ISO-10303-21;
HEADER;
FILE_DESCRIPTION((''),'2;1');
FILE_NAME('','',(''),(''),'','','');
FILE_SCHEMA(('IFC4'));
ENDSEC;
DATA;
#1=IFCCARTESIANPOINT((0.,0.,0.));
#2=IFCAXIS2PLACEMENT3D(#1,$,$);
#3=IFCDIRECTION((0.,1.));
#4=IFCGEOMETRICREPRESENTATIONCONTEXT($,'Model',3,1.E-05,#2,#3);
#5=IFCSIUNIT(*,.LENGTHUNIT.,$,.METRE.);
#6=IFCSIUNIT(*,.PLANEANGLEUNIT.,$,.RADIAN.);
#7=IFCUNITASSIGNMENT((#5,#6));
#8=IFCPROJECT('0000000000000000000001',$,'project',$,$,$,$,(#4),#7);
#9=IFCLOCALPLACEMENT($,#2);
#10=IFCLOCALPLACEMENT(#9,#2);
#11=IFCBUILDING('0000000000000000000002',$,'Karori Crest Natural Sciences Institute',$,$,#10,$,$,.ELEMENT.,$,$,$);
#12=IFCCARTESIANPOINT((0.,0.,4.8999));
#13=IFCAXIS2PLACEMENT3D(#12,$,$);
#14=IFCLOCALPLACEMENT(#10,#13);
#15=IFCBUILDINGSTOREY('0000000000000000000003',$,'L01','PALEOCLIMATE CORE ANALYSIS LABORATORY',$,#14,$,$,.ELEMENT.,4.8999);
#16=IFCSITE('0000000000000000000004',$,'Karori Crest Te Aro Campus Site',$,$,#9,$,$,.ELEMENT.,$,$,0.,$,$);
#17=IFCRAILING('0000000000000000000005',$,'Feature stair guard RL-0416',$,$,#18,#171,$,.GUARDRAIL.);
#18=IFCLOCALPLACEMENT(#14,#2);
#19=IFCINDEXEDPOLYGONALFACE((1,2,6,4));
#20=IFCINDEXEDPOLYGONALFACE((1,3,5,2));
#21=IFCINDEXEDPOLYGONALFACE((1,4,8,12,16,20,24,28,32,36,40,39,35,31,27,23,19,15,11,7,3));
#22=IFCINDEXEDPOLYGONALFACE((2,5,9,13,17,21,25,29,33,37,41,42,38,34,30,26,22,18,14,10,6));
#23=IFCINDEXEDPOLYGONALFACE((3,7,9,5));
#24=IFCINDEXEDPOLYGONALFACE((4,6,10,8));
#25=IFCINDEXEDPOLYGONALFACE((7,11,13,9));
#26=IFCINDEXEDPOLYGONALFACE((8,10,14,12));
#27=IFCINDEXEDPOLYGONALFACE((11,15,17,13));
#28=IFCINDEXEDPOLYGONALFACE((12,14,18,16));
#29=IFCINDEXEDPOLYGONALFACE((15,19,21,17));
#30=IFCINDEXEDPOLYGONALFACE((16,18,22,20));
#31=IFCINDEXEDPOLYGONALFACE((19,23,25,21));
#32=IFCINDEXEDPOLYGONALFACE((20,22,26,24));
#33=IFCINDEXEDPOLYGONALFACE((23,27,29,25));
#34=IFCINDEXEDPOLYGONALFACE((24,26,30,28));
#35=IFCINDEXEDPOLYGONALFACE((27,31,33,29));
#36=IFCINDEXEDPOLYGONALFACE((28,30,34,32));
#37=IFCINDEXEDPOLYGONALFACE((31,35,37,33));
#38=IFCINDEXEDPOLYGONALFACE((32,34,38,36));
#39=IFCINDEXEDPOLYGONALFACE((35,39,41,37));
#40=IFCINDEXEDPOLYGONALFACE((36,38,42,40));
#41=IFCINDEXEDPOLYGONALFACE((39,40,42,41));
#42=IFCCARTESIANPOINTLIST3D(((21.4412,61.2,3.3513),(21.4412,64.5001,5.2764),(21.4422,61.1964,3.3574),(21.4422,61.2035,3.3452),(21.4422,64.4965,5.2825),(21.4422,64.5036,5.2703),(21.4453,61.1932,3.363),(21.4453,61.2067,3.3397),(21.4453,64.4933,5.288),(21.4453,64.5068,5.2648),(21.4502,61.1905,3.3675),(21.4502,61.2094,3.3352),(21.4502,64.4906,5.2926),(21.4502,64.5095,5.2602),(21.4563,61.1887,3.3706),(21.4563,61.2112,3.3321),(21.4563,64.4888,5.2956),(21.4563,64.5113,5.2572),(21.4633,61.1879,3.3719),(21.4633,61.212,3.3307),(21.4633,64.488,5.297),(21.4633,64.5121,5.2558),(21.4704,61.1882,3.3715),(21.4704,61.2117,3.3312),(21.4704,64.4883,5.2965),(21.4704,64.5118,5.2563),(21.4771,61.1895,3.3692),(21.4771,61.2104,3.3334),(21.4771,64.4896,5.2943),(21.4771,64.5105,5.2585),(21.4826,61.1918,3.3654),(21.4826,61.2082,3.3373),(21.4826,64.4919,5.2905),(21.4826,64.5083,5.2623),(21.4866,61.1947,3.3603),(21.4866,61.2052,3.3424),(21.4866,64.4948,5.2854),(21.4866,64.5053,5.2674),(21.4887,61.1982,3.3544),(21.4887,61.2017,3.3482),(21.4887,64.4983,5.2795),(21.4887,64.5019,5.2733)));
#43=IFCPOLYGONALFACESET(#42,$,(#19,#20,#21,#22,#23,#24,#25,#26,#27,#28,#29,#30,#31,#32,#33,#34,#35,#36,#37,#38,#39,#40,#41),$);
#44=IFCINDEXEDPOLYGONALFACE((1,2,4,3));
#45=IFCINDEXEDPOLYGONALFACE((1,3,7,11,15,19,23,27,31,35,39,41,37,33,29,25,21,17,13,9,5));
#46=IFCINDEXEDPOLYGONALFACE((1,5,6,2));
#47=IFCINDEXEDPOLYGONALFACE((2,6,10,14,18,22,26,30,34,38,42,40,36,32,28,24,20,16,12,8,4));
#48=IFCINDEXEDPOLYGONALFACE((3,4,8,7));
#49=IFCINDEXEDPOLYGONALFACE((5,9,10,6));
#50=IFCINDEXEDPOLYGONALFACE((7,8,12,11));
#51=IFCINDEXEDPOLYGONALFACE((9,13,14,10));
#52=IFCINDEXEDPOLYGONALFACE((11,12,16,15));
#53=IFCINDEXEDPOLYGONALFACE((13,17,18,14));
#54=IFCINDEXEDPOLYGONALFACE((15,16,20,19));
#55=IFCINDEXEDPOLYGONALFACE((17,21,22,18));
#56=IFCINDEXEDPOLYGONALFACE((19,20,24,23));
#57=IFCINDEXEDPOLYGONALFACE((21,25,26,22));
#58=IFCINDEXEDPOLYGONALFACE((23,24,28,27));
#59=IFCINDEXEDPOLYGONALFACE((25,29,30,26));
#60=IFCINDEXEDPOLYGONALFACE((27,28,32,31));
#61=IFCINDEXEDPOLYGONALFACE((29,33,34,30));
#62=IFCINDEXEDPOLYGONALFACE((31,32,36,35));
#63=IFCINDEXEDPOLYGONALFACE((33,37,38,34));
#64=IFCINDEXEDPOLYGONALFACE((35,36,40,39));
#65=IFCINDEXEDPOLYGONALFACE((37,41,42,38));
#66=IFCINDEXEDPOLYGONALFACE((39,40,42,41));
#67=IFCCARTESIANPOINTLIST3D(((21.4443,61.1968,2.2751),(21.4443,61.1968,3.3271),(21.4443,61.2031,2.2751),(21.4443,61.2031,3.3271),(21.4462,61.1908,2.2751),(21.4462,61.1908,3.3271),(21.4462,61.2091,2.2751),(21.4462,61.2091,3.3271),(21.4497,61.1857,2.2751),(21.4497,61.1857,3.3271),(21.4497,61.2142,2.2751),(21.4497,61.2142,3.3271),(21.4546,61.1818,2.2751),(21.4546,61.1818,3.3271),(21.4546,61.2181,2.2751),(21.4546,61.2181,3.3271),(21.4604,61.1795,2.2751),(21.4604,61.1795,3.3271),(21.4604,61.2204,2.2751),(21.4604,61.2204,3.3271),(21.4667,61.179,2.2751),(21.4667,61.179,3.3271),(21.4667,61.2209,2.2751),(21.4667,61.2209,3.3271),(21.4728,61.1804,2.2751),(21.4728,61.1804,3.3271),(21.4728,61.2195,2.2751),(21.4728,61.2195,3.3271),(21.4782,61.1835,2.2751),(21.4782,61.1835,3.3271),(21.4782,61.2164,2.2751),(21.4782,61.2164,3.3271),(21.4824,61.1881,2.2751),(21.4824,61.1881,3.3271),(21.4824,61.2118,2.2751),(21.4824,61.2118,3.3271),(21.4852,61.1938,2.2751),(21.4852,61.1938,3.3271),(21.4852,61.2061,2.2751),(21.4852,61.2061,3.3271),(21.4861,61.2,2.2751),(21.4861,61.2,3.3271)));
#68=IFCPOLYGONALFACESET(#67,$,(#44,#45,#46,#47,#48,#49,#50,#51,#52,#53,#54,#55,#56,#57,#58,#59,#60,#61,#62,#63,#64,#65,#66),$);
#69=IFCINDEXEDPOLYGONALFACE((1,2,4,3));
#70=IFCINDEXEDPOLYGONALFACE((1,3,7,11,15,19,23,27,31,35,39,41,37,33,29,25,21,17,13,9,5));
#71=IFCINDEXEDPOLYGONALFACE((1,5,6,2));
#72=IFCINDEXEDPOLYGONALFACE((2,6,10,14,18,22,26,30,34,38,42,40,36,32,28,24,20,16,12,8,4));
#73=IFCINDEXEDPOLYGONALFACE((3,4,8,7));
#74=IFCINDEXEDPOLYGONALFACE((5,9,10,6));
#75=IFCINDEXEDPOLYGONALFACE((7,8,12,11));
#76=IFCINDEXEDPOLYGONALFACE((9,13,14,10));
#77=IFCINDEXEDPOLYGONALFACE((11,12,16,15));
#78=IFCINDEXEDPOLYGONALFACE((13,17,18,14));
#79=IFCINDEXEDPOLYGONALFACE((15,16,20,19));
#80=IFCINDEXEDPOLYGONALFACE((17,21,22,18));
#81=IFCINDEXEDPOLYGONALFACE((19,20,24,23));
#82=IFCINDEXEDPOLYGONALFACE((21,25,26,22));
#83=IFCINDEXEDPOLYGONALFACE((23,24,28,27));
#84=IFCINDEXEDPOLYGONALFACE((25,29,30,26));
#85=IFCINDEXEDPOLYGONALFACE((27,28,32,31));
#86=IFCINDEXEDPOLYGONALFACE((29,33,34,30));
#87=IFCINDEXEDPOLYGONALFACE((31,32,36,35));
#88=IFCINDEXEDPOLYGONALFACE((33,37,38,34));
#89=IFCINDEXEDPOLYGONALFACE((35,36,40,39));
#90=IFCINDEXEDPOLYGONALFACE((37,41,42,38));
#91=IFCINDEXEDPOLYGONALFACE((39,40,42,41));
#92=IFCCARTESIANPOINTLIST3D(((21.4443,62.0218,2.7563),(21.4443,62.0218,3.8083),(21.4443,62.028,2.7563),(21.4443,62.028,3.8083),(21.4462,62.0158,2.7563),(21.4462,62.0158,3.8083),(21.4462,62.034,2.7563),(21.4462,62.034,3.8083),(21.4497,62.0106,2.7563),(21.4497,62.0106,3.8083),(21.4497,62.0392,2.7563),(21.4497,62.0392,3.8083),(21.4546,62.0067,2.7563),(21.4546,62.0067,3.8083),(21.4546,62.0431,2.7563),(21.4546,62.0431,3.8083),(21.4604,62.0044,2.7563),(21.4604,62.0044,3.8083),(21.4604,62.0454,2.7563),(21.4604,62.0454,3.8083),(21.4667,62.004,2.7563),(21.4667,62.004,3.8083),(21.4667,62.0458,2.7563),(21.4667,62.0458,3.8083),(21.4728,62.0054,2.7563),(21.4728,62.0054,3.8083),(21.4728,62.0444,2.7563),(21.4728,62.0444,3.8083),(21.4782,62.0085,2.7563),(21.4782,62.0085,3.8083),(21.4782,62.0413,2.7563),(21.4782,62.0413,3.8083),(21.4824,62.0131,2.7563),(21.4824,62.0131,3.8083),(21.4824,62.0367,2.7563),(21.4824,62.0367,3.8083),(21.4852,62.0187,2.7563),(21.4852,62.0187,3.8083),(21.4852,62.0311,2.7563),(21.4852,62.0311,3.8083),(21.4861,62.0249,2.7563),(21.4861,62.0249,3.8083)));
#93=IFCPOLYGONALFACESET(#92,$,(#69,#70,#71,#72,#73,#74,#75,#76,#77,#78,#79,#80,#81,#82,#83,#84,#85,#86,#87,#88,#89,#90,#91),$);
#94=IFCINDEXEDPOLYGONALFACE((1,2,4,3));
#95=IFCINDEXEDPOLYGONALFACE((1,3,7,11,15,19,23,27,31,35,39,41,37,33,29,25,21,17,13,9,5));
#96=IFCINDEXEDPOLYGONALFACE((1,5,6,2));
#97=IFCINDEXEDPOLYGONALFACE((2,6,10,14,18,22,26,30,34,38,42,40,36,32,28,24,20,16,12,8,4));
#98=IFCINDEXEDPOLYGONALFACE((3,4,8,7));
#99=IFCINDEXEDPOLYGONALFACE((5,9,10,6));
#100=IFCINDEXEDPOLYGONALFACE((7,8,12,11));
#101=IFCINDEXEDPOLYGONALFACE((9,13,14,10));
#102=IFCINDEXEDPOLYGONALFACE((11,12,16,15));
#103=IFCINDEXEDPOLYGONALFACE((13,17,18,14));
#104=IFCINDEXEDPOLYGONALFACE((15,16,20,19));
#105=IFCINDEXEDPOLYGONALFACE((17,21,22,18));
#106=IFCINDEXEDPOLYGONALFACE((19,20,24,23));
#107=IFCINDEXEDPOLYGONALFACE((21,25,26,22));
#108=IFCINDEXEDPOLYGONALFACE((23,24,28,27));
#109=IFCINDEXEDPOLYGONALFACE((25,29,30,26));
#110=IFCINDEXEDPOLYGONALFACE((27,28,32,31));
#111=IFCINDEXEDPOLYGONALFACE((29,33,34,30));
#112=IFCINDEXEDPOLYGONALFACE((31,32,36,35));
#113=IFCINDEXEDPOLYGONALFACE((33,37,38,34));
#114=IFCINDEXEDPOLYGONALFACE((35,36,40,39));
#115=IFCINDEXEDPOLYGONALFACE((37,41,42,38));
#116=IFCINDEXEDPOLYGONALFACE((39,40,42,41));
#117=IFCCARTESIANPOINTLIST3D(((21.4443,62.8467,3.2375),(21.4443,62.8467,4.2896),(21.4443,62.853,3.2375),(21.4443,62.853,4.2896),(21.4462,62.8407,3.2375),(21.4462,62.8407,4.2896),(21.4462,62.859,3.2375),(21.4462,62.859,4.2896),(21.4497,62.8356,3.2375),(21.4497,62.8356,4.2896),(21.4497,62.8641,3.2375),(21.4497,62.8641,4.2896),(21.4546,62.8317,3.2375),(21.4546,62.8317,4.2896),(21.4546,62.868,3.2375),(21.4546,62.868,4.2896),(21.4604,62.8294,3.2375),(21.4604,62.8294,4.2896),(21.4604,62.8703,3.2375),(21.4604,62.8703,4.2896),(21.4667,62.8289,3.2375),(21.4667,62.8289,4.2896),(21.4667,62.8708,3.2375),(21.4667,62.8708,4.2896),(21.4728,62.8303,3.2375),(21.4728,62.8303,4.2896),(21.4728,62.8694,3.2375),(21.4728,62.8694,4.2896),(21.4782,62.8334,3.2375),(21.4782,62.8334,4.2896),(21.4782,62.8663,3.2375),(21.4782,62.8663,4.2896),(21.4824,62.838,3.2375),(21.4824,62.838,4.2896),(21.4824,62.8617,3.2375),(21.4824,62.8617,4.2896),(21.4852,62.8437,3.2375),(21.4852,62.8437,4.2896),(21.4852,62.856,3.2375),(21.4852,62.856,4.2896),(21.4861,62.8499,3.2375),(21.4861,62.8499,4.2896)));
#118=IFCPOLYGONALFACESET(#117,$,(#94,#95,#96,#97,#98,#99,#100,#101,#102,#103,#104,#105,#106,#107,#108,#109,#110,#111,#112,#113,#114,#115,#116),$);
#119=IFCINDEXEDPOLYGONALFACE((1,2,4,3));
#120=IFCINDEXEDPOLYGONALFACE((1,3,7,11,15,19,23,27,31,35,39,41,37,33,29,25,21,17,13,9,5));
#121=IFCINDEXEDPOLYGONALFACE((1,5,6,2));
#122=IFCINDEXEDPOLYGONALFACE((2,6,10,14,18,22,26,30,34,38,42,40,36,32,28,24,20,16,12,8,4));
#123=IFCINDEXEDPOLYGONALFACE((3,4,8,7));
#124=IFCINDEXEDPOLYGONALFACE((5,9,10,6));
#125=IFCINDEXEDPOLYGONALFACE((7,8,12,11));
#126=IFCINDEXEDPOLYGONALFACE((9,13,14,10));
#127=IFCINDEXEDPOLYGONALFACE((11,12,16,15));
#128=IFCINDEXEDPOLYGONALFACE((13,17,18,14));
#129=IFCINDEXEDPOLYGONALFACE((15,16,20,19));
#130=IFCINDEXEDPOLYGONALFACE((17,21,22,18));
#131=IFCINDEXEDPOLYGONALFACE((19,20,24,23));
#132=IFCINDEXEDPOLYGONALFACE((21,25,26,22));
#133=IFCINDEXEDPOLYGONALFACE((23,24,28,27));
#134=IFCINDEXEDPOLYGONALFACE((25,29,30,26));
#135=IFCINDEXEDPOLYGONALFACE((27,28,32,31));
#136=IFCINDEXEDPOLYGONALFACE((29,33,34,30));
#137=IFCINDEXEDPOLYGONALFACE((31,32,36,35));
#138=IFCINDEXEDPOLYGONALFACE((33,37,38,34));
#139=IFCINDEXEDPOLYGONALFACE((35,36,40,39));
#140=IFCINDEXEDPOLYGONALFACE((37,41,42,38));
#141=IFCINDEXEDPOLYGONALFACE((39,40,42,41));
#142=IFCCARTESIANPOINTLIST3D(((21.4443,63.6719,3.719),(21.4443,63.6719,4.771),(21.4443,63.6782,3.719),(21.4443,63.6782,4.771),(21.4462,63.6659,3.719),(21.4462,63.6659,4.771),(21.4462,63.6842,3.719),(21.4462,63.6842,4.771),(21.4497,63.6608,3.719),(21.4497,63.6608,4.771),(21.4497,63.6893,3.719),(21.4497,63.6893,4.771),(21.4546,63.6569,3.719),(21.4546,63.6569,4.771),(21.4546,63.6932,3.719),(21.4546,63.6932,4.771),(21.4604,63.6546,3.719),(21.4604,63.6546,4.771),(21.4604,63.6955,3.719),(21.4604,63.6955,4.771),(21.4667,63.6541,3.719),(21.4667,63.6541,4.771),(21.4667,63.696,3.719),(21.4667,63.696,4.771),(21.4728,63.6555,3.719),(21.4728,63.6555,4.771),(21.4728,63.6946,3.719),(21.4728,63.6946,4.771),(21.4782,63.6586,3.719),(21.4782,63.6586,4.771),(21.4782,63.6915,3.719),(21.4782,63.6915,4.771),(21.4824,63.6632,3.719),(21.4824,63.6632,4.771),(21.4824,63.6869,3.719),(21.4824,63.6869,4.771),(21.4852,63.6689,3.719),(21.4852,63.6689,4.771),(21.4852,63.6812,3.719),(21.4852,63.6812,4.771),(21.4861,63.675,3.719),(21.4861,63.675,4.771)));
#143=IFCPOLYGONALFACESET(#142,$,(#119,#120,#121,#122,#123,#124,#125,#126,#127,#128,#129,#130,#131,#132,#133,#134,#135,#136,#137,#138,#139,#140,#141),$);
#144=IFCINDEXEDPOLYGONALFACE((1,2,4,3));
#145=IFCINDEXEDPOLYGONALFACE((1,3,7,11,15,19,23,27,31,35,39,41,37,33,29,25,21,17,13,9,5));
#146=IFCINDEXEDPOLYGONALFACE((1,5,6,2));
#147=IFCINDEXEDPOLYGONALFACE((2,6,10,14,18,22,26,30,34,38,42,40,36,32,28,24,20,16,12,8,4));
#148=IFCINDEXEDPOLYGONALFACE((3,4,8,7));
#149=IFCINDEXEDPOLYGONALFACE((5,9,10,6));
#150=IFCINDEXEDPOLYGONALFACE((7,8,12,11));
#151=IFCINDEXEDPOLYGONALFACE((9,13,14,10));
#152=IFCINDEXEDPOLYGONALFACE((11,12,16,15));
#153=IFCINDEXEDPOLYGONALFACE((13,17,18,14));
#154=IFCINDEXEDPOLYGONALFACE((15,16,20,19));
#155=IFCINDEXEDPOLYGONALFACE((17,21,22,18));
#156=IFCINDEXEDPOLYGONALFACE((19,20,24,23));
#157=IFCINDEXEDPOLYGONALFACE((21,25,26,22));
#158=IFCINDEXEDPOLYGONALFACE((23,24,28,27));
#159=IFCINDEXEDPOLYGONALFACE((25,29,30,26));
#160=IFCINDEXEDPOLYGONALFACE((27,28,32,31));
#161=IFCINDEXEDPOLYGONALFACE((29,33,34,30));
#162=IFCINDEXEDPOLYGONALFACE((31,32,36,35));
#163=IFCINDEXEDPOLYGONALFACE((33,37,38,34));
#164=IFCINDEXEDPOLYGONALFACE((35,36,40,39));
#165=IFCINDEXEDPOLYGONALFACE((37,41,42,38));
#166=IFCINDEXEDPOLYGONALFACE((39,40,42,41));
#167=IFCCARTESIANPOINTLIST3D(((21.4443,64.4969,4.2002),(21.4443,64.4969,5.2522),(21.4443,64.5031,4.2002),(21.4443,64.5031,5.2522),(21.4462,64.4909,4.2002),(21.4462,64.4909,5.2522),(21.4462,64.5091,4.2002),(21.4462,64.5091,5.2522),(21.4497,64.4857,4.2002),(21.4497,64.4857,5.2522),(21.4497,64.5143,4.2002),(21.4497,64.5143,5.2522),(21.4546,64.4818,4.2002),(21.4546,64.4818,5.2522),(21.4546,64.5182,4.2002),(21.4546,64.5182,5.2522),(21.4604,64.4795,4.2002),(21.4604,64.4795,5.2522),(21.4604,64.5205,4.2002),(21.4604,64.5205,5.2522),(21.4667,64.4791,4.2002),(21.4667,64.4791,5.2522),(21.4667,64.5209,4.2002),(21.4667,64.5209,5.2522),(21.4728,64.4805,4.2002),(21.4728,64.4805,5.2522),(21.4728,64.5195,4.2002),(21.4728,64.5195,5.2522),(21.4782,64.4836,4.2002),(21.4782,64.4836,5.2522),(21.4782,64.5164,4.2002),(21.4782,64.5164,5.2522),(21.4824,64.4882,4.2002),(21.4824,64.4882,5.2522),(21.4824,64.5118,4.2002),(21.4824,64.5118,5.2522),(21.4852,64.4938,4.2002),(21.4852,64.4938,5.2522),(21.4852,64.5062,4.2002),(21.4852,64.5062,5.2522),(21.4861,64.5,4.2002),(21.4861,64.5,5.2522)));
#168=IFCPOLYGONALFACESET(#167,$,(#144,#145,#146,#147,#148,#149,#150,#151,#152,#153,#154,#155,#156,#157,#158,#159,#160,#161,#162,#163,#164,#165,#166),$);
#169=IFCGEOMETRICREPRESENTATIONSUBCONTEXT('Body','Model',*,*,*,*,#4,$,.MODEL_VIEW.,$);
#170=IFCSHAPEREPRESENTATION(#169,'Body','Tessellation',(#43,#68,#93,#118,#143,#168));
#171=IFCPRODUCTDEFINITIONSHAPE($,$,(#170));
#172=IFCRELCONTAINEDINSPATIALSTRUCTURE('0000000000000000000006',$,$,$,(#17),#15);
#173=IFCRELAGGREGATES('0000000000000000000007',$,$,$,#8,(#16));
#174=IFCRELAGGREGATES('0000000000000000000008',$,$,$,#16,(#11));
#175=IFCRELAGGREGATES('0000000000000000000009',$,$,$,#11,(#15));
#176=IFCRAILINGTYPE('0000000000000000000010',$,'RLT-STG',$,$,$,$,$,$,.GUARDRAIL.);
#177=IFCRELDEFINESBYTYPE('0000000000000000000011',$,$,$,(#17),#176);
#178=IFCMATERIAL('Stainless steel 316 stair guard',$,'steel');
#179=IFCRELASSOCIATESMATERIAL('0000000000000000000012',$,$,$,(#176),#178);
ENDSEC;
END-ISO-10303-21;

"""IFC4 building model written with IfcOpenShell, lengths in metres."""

from ifc_helpers import new_model, si_unit, direction, frame, origin, origin_2d, place, context, subcontext, project, spatial, circle, extrude, material, type_object, element, save


model = new_model("IFC4")

# Units and contexts
model_context = context("Model", 3, precision=1e-05, world=origin(), true_north=direction((0.0, 1.0)))
body_context = subcontext(model_context, "Body", "Model", "MODEL_VIEW")
ifc_project = project(units=[si_unit("LENGTHUNIT", "METRE"), si_unit("PLANEANGLEUNIT", "RADIAN")], contexts=[model_context])

# Site, building, storey
site_placement = place(None, origin())
site = spatial("IfcSite", under=ifc_project, at=site_placement, Name="Karori Crest Te Aro Campus Site", CompositionType="ELEMENT", RefElevation=0.0)
building_placement = place(site_placement, origin())
building = spatial("IfcBuilding", under=site, at=building_placement, Name="Karori Crest Natural Sciences Institute", CompositionType="ELEMENT")
storey_placement = place(building_placement, frame((0.0, 0.0, 4.8999)))
storey = spatial("IfcBuildingStorey", under=building, at=storey_placement, Name="L01", Description="PALEOCLIMATE CORE ANALYSIS LABORATORY", CompositionType="ELEMENT", Elevation=4.8999)

# Railing
ifc_material_1 = material(Name="Stainless steel 316 stair guard", Category="steel")
railing_type = type_object("IfcRailingType", Name="RLT-STG", PredefinedType="GUARDRAIL", material=ifc_material_1)
for number, where, name in (
    (1, (21.4651, 61.2, 2.2751), "Feature stair guard RL-0416"),
):
    element("IfcRailing", number, at=place(storey_placement, frame(where)), inside=storey, type_object=railing_type, Name=name, PredefinedType="GUARDRAIL", context=body_context, shape_type="SweptSolid", body=[
        extrude(circle(Radius=0.0239, at=origin_2d()), frame((0.0, 0.0, 1.0762), z_axis=(0.0, 0.863777, 0.503875), x_axis=(-1.0, 0.0, 0.0)), (0.0, 0.0, 1.0), 3.8206),
        extrude(circle(Radius=0.021, at=origin_2d()), origin(), (0.0, 0.0, 1.0), 1.052),
        extrude(circle(Radius=0.021, at=origin_2d()), frame((0.0, 0.825, 0.4812)), (0.0, 0.0, 1.0), 1.052),
        extrude(circle(Radius=0.021, at=origin_2d()), frame((0.0, 1.6499, 0.9624)), (0.0, 0.0, 1.0), 1.052),
        extrude(circle(Radius=0.021, at=origin_2d()), frame((0.0, 2.4751, 1.4438)), (0.0, 0.0, 1.0), 1.052),
        extrude(circle(Radius=0.021, at=origin_2d()), frame((0.0, 3.3, 1.925)), (0.0, 0.0, 1.0), 1.052),
    ])

save(model, "model.ifc")
